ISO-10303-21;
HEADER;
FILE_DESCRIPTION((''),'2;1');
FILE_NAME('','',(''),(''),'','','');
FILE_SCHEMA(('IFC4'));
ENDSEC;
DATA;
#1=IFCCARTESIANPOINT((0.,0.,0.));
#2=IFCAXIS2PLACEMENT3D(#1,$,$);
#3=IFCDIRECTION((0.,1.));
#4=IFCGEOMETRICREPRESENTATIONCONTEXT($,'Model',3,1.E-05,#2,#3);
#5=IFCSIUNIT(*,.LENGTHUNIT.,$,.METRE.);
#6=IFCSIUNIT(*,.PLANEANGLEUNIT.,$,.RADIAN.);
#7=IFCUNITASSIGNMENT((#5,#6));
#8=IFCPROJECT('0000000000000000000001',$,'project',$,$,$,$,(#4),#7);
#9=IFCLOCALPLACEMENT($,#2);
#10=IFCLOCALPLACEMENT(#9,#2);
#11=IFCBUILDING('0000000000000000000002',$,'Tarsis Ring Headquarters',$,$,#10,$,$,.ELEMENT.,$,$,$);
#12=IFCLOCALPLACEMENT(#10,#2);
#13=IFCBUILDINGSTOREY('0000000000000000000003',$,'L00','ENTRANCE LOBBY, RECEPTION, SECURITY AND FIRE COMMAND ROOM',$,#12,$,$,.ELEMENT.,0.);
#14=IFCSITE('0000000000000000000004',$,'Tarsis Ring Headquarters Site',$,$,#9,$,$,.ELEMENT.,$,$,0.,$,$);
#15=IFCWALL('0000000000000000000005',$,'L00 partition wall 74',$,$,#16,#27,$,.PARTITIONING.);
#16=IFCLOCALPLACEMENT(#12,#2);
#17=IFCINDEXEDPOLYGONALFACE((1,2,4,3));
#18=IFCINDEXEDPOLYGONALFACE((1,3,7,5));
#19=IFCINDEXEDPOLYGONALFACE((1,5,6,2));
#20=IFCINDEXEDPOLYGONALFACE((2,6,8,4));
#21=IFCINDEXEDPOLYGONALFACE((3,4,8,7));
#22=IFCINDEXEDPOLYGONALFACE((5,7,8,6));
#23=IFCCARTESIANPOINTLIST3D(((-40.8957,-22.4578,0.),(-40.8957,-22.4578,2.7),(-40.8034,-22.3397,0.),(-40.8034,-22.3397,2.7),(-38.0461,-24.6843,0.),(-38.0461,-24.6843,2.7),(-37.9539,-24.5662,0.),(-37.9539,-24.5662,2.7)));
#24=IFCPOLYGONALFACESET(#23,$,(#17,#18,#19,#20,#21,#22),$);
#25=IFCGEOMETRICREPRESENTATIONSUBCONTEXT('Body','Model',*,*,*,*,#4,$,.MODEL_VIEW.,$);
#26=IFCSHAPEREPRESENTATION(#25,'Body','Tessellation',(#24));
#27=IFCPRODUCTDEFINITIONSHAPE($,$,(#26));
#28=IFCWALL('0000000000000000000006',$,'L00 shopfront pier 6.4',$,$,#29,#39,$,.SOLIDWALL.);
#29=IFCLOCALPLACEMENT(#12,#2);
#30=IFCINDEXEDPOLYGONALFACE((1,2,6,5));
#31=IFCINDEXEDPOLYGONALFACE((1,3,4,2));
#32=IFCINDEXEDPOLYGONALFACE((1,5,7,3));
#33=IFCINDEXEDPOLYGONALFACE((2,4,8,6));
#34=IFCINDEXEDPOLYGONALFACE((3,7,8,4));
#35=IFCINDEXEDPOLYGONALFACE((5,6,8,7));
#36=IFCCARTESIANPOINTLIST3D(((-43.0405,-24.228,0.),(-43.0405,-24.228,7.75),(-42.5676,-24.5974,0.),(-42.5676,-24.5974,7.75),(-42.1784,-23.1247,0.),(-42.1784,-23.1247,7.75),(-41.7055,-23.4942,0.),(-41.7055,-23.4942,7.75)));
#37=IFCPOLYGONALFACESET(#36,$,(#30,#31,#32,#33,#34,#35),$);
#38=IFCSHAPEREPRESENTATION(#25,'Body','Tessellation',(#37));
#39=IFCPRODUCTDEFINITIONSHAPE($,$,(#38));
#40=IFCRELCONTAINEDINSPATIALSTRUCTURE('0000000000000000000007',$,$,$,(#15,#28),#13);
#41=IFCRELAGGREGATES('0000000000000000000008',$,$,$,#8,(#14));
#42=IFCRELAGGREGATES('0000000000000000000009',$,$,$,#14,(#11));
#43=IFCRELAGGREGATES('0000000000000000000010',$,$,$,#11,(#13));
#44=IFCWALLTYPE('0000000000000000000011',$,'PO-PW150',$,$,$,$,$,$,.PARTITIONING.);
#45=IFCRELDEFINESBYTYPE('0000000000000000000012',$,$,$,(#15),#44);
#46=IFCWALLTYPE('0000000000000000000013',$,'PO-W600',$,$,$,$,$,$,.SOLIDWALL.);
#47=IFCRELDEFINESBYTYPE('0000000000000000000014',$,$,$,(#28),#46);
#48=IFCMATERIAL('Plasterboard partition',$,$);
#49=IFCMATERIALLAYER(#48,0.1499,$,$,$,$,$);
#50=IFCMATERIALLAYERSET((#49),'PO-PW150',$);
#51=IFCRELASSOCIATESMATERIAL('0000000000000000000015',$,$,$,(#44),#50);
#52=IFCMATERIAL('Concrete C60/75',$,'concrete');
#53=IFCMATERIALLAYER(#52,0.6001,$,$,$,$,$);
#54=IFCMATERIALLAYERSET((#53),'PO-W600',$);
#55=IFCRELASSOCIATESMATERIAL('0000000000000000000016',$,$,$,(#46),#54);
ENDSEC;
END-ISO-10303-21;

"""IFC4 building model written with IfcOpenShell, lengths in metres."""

from ifc_helpers import new_model, si_unit, direction, frame, frame_2d, origin, place, context, subcontext, project, spatial, rectangle, extrude, material, layer, layer_set, type_object, element, save


model = new_model("IFC4")

# Units and contexts
model_context = context("Model", 3, precision=1e-05, world=origin(), true_north=direction((0.0, 1.0)))
body_context = subcontext(model_context, "Body", "Model", "MODEL_VIEW")
ifc_project = project(units=[si_unit("LENGTHUNIT", "METRE"), si_unit("PLANEANGLEUNIT", "RADIAN")], contexts=[model_context])

# Site, building, storey
site_placement = place(None, origin())
site = spatial("IfcSite", under=ifc_project, at=site_placement, Name="Tarsis Ring Headquarters Site", CompositionType="ELEMENT", RefElevation=0.0)
building_placement = place(site_placement, origin())
building = spatial("IfcBuilding", under=site, at=building_placement, Name="Tarsis Ring Headquarters", CompositionType="ELEMENT")
storey_placement = place(building_placement, origin())
storey = spatial("IfcBuildingStorey", under=building, at=storey_placement, Name="L00", Description="ENTRANCE LOBBY, RECEPTION, SECURITY AND FIRE COMMAND ROOM", CompositionType="ELEMENT", Elevation=0.0)

# Shared definitions
ifc_material_1 = material(Name="Concrete C60/75", Category="concrete")

# Walls
ifc_material_2 = material(Name="Plasterboard partition")
ifc_layer_1 = layer(ifc_material_2, 0.1499)
ifc_layer_set_1 = layer_set([ifc_layer_1], Name="PO-PW150")
wall_type_1 = type_object("IfcWallType", Name="PO-PW150", PredefinedType="PARTITIONING", material=ifc_layer_set_1)
wall_1_placement = place(storey_placement, frame((-38.0, -24.6252, 0.0), z_axis=(0.0, 0.0, 1.0), x_axis=(-0.787983, 0.615696, 0.0)))
element("IfcWall", 1, at=wall_1_placement, inside=storey, type_object=wall_type_1, Name="L00 partition wall 74", PredefinedType="PARTITIONING", context=body_context, shape_type="SweptSolid", body=[
    extrude(rectangle(XDim=3.6162, YDim=0.1499, at=frame_2d((1.8081, 0.0))), origin(), (0.0, 0.0, 1.0), 2.7),
])
ifc_layer_2 = layer(ifc_material_1, 0.6001)
ifc_layer_set_2 = layer_set([ifc_layer_2], Name="PO-W600")
wall_type_2 = type_object("IfcWallType", Name="PO-W600", PredefinedType="SOLIDWALL", material=ifc_layer_set_2)
wall_2_placement = place(storey_placement, frame((-41.9419, -23.3093, 0.0), z_axis=(0.0, 0.0, 1.0), x_axis=(-0.615702, -0.787979, 0.0)))
element("IfcWall", 2, at=wall_2_placement, inside=storey, type_object=wall_type_2, Name="L00 shopfront pier 6.4", PredefinedType="SOLIDWALL", context=body_context, shape_type="SweptSolid", body=[
    extrude(rectangle(XDim=1.4001, YDim=0.6001, at=frame_2d((0.7002, 0.0))), origin(), (0.0, 0.0, 1.0), 7.75),
])

save(model, "model.ifc")
